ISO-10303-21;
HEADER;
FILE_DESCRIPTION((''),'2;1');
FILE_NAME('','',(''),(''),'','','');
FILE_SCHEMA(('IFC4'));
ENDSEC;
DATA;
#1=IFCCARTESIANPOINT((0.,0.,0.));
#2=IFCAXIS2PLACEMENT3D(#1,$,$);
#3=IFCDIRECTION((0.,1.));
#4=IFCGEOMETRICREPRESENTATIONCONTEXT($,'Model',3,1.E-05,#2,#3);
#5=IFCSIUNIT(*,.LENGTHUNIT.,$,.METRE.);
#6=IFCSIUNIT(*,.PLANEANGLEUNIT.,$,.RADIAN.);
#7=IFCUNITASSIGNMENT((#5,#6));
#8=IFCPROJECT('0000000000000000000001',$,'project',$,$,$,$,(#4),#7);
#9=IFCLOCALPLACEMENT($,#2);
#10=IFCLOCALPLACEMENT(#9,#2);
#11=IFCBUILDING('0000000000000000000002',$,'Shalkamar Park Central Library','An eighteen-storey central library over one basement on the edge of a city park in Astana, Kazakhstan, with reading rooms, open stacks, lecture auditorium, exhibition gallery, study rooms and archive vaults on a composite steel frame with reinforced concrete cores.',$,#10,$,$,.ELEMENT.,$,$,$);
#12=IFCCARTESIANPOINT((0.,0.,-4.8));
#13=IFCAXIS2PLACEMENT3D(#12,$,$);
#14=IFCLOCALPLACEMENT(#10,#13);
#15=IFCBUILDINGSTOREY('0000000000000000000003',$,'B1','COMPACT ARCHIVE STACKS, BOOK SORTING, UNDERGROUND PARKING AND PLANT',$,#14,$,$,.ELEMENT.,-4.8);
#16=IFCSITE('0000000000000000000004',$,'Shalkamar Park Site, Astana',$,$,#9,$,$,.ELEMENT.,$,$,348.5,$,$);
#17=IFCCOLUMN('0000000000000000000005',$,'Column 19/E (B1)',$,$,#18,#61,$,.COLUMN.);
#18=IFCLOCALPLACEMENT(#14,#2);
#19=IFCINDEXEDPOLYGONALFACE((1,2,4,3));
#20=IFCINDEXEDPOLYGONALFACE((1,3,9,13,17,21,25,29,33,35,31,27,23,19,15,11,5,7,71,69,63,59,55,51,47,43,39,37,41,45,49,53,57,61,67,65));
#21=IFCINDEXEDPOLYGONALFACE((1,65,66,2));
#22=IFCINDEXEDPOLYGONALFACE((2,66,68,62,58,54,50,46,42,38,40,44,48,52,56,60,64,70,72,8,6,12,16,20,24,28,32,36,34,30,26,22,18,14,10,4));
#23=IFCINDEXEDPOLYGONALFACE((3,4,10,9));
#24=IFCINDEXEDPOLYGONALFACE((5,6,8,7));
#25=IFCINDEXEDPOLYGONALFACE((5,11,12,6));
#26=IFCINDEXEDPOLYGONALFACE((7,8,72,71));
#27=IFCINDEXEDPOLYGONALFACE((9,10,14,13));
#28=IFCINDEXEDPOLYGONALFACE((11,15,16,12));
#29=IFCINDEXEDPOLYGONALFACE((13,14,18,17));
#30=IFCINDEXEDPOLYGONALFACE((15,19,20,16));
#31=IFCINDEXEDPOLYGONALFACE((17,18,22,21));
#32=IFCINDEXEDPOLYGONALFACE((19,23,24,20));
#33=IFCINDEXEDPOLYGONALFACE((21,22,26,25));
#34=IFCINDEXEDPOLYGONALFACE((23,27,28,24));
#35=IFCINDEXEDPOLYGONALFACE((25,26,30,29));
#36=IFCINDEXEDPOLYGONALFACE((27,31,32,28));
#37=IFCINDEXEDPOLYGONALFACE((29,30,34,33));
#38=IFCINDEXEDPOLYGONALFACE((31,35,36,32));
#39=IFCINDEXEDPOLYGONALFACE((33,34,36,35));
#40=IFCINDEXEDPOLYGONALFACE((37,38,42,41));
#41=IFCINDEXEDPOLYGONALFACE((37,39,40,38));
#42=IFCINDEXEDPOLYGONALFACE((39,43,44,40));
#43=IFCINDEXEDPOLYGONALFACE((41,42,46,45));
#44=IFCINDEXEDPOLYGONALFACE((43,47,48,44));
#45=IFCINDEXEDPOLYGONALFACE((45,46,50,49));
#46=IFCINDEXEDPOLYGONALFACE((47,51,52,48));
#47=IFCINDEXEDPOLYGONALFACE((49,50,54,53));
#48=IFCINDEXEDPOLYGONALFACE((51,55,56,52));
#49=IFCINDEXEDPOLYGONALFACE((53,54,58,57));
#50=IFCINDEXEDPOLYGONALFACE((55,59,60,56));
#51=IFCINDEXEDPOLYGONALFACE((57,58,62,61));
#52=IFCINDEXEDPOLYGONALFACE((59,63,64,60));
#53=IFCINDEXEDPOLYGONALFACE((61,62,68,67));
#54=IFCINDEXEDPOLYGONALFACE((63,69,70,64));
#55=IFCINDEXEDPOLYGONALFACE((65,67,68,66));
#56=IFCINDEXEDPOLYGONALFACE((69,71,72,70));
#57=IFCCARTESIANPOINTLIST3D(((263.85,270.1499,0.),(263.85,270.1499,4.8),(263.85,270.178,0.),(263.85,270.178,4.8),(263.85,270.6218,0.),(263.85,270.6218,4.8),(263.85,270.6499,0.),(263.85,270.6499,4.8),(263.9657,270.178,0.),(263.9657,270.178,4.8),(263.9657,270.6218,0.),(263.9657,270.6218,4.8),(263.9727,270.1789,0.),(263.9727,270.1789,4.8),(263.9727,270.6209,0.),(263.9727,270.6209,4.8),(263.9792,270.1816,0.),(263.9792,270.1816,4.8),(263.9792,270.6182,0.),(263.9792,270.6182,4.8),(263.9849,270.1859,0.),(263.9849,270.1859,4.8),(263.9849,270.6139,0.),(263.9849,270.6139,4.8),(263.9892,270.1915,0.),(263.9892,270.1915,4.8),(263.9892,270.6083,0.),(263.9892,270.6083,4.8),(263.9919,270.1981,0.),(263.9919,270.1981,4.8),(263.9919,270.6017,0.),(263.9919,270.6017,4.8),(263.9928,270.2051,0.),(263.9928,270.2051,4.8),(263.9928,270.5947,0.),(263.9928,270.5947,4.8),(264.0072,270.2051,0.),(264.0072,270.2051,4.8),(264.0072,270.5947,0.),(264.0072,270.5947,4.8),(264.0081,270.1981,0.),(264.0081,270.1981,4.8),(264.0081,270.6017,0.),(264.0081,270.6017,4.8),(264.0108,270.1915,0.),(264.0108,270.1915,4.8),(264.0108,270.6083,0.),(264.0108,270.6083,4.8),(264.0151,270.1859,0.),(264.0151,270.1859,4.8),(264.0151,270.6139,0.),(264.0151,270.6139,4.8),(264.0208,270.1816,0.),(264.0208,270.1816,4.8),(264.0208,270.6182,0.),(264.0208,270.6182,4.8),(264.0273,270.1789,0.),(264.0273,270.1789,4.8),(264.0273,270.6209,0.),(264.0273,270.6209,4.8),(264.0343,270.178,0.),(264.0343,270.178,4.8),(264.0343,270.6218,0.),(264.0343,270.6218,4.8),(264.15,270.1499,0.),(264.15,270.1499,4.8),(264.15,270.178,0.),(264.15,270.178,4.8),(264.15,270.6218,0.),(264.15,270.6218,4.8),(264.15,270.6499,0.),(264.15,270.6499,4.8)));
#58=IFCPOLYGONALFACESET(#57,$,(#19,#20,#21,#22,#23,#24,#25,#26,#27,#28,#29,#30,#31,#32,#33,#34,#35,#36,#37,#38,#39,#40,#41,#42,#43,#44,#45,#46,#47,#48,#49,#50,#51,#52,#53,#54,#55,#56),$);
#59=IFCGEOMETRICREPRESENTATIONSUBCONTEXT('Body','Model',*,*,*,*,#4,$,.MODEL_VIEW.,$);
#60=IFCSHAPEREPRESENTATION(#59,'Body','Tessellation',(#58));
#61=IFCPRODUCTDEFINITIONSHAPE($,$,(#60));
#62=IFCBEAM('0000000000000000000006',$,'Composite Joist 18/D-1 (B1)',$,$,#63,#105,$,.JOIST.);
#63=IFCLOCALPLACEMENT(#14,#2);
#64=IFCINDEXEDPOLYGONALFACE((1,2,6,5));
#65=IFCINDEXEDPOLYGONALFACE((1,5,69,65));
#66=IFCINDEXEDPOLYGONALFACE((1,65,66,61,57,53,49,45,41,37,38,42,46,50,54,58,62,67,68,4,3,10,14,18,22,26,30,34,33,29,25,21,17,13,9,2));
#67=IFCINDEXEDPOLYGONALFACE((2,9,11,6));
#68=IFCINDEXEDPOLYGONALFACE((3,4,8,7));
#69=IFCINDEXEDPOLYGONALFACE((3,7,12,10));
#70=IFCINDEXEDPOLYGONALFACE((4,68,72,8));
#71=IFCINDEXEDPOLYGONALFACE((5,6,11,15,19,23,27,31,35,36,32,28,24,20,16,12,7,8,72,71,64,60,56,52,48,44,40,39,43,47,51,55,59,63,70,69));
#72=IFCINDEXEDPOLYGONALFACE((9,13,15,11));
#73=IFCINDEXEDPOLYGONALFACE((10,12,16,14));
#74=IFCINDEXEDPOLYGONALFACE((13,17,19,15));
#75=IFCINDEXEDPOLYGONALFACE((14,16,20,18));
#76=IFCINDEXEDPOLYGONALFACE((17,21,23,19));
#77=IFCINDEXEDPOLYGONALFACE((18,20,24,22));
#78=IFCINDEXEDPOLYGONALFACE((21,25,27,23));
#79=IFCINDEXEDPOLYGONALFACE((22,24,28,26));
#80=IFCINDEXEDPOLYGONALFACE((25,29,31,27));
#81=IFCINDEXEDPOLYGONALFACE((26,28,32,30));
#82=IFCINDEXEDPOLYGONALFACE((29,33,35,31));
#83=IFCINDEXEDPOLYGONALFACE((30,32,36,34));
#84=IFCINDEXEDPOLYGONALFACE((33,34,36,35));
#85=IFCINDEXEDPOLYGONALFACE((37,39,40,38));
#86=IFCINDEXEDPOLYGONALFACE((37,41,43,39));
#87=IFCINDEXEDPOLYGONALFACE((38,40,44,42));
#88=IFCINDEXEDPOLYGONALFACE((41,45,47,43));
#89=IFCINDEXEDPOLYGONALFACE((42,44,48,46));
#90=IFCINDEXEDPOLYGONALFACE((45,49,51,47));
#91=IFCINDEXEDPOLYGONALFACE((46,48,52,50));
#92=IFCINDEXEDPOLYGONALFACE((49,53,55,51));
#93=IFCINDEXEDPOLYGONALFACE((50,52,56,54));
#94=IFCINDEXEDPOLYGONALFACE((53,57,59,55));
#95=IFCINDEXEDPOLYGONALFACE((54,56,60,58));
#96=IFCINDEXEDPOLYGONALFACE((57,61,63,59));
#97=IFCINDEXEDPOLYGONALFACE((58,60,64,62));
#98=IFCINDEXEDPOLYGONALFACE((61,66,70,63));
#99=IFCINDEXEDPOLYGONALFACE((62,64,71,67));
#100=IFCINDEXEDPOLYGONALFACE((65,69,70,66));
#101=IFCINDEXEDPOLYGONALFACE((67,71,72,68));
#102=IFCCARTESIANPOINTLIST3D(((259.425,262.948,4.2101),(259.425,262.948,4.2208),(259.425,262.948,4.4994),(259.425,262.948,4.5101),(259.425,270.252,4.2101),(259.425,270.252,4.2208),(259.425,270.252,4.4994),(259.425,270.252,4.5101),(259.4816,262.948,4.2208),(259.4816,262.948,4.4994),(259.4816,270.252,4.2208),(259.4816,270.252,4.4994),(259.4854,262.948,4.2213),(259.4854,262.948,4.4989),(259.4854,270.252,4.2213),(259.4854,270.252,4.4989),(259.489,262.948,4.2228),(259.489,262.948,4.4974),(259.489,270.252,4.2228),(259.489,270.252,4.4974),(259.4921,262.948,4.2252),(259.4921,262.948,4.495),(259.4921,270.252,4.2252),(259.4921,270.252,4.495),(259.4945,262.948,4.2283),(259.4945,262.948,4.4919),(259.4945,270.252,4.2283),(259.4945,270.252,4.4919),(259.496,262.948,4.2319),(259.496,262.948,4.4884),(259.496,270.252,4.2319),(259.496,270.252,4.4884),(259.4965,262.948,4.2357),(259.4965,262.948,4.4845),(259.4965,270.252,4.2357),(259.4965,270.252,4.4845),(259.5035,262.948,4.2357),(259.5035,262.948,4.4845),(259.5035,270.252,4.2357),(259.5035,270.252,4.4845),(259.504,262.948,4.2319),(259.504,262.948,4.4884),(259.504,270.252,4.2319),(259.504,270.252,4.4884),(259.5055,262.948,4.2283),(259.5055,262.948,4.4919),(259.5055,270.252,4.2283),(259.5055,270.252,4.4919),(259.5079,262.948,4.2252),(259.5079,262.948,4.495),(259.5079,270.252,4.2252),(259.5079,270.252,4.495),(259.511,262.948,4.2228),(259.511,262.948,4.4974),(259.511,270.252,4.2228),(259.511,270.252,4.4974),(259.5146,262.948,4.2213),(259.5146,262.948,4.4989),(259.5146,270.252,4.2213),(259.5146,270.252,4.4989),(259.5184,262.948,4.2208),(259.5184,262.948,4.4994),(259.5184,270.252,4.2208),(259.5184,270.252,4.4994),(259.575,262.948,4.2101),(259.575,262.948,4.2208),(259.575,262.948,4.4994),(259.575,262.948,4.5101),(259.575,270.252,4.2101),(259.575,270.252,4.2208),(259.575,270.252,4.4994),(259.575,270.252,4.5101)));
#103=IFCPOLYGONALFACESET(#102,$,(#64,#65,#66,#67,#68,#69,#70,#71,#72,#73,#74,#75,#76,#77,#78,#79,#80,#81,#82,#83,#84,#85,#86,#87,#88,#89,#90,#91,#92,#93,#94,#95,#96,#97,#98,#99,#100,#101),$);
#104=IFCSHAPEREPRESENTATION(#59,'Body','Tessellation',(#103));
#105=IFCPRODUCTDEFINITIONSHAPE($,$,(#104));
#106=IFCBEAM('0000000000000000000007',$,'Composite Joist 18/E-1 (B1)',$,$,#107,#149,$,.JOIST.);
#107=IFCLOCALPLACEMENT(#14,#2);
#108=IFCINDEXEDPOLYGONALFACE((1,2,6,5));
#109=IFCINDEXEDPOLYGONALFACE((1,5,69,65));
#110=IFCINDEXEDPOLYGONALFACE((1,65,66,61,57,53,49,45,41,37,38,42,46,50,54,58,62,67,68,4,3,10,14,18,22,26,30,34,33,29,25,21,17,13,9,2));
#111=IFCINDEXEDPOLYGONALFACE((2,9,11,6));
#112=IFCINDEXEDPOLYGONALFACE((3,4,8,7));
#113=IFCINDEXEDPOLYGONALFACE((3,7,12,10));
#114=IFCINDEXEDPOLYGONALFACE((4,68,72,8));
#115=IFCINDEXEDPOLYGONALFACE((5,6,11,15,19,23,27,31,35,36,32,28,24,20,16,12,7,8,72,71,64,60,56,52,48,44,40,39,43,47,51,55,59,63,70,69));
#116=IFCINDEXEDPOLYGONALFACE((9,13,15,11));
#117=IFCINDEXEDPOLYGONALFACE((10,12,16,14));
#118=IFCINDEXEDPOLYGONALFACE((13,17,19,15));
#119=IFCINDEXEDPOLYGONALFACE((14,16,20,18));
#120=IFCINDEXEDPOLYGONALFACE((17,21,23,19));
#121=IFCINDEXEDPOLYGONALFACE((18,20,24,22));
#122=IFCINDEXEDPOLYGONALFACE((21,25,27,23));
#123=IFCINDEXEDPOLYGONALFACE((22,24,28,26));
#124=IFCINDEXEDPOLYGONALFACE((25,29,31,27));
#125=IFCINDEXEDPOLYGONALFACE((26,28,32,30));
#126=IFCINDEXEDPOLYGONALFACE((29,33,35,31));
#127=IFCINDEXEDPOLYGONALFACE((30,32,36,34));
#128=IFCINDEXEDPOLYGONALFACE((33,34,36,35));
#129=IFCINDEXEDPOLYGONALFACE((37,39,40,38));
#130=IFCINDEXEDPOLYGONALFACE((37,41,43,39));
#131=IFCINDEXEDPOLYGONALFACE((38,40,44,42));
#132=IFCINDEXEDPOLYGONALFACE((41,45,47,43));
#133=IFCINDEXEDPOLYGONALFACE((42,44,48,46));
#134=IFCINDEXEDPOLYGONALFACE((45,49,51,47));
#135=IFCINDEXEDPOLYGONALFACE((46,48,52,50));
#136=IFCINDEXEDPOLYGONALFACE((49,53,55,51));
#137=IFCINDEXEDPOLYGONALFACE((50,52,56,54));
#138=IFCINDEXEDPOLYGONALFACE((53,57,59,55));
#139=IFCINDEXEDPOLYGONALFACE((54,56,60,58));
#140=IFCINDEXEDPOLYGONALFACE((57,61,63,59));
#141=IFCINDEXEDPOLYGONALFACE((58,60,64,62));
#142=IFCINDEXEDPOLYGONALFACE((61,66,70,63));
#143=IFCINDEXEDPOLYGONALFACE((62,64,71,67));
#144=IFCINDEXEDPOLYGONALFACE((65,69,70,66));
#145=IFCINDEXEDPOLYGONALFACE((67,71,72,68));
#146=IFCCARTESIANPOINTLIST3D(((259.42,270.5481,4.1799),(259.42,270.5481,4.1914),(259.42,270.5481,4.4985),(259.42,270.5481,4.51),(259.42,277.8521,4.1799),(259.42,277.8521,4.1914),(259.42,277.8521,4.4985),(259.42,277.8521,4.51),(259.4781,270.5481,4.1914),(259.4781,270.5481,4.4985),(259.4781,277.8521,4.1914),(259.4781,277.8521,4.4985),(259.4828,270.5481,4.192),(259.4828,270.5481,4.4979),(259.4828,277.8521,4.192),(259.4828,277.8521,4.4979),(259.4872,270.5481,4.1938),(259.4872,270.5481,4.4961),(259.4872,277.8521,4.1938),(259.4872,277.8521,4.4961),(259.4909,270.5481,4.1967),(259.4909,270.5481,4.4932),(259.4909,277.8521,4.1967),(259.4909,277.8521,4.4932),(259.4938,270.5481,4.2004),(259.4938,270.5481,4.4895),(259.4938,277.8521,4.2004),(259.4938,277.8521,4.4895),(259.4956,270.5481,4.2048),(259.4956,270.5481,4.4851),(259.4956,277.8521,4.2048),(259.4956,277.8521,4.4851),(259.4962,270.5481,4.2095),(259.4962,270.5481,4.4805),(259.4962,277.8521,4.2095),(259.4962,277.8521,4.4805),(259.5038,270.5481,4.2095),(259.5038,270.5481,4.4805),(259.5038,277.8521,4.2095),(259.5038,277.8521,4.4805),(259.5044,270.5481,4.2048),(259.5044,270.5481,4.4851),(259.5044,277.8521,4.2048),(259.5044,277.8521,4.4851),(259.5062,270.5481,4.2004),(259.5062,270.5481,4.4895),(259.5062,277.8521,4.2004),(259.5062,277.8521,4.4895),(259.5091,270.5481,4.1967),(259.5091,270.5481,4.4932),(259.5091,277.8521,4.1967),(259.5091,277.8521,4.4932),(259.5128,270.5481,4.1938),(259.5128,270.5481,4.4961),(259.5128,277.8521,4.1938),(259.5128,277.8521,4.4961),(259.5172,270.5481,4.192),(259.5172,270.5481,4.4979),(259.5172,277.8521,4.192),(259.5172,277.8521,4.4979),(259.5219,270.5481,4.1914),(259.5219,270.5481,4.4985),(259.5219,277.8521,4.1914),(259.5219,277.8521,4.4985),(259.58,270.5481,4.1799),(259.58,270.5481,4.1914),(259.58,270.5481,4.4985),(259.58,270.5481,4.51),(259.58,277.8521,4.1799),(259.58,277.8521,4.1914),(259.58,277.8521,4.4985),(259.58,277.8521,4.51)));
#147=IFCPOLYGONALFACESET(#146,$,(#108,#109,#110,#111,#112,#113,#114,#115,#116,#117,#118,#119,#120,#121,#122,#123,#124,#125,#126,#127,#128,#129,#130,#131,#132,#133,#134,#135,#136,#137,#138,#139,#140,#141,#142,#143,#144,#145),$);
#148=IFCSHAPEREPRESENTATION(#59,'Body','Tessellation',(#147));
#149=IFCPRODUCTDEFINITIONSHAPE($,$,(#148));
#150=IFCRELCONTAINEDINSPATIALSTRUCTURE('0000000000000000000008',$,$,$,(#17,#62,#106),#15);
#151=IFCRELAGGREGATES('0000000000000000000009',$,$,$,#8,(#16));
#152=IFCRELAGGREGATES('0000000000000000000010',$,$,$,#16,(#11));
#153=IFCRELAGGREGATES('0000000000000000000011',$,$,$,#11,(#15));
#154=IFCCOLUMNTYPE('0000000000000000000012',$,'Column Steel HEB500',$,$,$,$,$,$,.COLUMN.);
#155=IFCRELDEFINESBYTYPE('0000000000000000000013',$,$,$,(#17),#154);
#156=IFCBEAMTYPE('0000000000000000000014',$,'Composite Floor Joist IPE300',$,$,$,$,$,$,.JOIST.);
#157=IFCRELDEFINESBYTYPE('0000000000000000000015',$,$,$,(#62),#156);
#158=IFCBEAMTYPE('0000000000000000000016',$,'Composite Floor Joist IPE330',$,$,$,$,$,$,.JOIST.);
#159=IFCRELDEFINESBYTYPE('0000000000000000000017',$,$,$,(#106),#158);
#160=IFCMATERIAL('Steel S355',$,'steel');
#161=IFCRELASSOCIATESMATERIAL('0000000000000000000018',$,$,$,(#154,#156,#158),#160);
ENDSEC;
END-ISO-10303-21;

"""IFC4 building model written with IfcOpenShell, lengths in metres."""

from ifc_helpers import new_model, si_unit, direction, frame, origin, origin_2d, place, context, subcontext, project, spatial, i_section, extrude, material, material_profile, profile_set, type_object, element, save


model = new_model("IFC4")

# Units and contexts
model_context = context("Model", 3, precision=1e-05, world=origin(), true_north=direction((0.0, 1.0)))
body_context = subcontext(model_context, "Body", "Model", "MODEL_VIEW")
ifc_project = project(units=[si_unit("LENGTHUNIT", "METRE"), si_unit("PLANEANGLEUNIT", "RADIAN")], contexts=[model_context])

# Site, building, storey
site_placement = place(None, origin())
site = spatial("IfcSite", under=ifc_project, at=site_placement, Name="Shalkamar Park Site, Astana", CompositionType="ELEMENT", RefElevation=348.5)
building_placement = place(site_placement, origin())
building = spatial("IfcBuilding", under=site, at=building_placement, Name="Shalkamar Park Central Library", Description="An eighteen-storey central library over one basement on the edge of a city park in Astana, Kazakhstan, with reading rooms, open stacks, lecture auditorium, exhibition gallery, study rooms and archive vaults on a composite steel frame with reinforced concrete cores.", CompositionType="ELEMENT")
storey_placement = place(building_placement, frame((0.0, 0.0, -4.8)))
storey = spatial("IfcBuildingStorey", under=building, at=storey_placement, Name="B1", Description="COMPACT ARCHIVE STACKS, BOOK SORTING, UNDERGROUND PARKING AND PLANT", CompositionType="ELEMENT", Elevation=-4.8)

# Column
ifc_material_1 = material(Name="Steel S355", Category="steel")
ifc_material_profile_1 = material_profile(ifc_material_1, i_section(OverallWidth=0.3, OverallDepth=0.5, WebThickness=0.0144, FlangeThickness=0.0281, FilletRadius=0.0271, at=origin_2d()), Name="HEB 500")
ifc_profile_set_1 = profile_set([ifc_material_profile_1], Name="Steel S355")
column_type_1 = type_object("IfcColumnType", Name="Column Steel HEB500", PredefinedType="COLUMN", material=ifc_profile_set_1)
column_1_placement = place(storey_placement, frame((264.0, 270.3999, 0.0), z_axis=(0.0, 0.0, 1.0), x_axis=(1.0, 0.0, 0.0)))
element("IfcColumn", 1, at=column_1_placement, inside=storey, type_object=column_type_1, Name="Column 19/E (B1)", PredefinedType="COLUMN", context=body_context, shape_type="SweptSolid", body=[
    extrude(i_section(OverallWidth=0.3, OverallDepth=0.5, WebThickness=0.0144, FlangeThickness=0.0281, FilletRadius=0.0271, at=origin_2d()), origin(), (0.0, 0.0, 1.0), 4.8),
])

# Beams
ifc_material_profile_2 = material_profile(ifc_material_1, i_section(OverallWidth=0.1499, OverallDepth=0.3, WebThickness=0.0071, FlangeThickness=0.0107, FilletRadius=0.0149, at=origin_2d()), Name="IPE 300")
ifc_profile_set_2 = profile_set([ifc_material_profile_2], Name="Steel S355")
beam_type_1 = type_object("IfcBeamType", Name="Composite Floor Joist IPE300", PredefinedType="JOIST", material=ifc_profile_set_2)
beam_1_placement = place(storey_placement, frame((259.5, 262.948, 4.3601), z_axis=(0.0, 1.0, 0.0), x_axis=(-1.0, 0.0, 0.0)))
element("IfcBeam", 2, at=beam_1_placement, inside=storey, type_object=beam_type_1, Name="Composite Joist 18/D-1 (B1)", PredefinedType="JOIST", context=body_context, shape_type="SweptSolid", body=[
    extrude(i_section(OverallWidth=0.1499, OverallDepth=0.3, WebThickness=0.0071, FlangeThickness=0.0107, FilletRadius=0.0149, at=origin_2d()), origin(), (0.0, 0.0, 1.0), 7.304),
])
ifc_material_profile_3 = material_profile(ifc_material_1, i_section(OverallWidth=0.1599, OverallDepth=0.3301, WebThickness=0.0076, FlangeThickness=0.0115, FilletRadius=0.0181, at=origin_2d()), Name="IPE 330")
ifc_profile_set_3 = profile_set([ifc_material_profile_3], Name="Steel S355")
beam_type_2 = type_object("IfcBeamType", Name="Composite Floor Joist IPE330", PredefinedType="JOIST", material=ifc_profile_set_3)
beam_2_placement = place(storey_placement, frame((259.5, 270.5481, 4.345), z_axis=(0.0, 1.0, 0.0), x_axis=(-1.0, 0.0, 0.0)))
element("IfcBeam", 3, at=beam_2_placement, inside=storey, type_object=beam_type_2, Name="Composite Joist 18/E-1 (B1)", PredefinedType="JOIST", context=body_context, shape_type="SweptSolid", body=[
    extrude(i_section(OverallWidth=0.1599, OverallDepth=0.3301, WebThickness=0.0076, FlangeThickness=0.0115, FilletRadius=0.0181, at=origin_2d()), origin(), (0.0, 0.0, 1.0), 7.304),
])

save(model, "model.ifc")
